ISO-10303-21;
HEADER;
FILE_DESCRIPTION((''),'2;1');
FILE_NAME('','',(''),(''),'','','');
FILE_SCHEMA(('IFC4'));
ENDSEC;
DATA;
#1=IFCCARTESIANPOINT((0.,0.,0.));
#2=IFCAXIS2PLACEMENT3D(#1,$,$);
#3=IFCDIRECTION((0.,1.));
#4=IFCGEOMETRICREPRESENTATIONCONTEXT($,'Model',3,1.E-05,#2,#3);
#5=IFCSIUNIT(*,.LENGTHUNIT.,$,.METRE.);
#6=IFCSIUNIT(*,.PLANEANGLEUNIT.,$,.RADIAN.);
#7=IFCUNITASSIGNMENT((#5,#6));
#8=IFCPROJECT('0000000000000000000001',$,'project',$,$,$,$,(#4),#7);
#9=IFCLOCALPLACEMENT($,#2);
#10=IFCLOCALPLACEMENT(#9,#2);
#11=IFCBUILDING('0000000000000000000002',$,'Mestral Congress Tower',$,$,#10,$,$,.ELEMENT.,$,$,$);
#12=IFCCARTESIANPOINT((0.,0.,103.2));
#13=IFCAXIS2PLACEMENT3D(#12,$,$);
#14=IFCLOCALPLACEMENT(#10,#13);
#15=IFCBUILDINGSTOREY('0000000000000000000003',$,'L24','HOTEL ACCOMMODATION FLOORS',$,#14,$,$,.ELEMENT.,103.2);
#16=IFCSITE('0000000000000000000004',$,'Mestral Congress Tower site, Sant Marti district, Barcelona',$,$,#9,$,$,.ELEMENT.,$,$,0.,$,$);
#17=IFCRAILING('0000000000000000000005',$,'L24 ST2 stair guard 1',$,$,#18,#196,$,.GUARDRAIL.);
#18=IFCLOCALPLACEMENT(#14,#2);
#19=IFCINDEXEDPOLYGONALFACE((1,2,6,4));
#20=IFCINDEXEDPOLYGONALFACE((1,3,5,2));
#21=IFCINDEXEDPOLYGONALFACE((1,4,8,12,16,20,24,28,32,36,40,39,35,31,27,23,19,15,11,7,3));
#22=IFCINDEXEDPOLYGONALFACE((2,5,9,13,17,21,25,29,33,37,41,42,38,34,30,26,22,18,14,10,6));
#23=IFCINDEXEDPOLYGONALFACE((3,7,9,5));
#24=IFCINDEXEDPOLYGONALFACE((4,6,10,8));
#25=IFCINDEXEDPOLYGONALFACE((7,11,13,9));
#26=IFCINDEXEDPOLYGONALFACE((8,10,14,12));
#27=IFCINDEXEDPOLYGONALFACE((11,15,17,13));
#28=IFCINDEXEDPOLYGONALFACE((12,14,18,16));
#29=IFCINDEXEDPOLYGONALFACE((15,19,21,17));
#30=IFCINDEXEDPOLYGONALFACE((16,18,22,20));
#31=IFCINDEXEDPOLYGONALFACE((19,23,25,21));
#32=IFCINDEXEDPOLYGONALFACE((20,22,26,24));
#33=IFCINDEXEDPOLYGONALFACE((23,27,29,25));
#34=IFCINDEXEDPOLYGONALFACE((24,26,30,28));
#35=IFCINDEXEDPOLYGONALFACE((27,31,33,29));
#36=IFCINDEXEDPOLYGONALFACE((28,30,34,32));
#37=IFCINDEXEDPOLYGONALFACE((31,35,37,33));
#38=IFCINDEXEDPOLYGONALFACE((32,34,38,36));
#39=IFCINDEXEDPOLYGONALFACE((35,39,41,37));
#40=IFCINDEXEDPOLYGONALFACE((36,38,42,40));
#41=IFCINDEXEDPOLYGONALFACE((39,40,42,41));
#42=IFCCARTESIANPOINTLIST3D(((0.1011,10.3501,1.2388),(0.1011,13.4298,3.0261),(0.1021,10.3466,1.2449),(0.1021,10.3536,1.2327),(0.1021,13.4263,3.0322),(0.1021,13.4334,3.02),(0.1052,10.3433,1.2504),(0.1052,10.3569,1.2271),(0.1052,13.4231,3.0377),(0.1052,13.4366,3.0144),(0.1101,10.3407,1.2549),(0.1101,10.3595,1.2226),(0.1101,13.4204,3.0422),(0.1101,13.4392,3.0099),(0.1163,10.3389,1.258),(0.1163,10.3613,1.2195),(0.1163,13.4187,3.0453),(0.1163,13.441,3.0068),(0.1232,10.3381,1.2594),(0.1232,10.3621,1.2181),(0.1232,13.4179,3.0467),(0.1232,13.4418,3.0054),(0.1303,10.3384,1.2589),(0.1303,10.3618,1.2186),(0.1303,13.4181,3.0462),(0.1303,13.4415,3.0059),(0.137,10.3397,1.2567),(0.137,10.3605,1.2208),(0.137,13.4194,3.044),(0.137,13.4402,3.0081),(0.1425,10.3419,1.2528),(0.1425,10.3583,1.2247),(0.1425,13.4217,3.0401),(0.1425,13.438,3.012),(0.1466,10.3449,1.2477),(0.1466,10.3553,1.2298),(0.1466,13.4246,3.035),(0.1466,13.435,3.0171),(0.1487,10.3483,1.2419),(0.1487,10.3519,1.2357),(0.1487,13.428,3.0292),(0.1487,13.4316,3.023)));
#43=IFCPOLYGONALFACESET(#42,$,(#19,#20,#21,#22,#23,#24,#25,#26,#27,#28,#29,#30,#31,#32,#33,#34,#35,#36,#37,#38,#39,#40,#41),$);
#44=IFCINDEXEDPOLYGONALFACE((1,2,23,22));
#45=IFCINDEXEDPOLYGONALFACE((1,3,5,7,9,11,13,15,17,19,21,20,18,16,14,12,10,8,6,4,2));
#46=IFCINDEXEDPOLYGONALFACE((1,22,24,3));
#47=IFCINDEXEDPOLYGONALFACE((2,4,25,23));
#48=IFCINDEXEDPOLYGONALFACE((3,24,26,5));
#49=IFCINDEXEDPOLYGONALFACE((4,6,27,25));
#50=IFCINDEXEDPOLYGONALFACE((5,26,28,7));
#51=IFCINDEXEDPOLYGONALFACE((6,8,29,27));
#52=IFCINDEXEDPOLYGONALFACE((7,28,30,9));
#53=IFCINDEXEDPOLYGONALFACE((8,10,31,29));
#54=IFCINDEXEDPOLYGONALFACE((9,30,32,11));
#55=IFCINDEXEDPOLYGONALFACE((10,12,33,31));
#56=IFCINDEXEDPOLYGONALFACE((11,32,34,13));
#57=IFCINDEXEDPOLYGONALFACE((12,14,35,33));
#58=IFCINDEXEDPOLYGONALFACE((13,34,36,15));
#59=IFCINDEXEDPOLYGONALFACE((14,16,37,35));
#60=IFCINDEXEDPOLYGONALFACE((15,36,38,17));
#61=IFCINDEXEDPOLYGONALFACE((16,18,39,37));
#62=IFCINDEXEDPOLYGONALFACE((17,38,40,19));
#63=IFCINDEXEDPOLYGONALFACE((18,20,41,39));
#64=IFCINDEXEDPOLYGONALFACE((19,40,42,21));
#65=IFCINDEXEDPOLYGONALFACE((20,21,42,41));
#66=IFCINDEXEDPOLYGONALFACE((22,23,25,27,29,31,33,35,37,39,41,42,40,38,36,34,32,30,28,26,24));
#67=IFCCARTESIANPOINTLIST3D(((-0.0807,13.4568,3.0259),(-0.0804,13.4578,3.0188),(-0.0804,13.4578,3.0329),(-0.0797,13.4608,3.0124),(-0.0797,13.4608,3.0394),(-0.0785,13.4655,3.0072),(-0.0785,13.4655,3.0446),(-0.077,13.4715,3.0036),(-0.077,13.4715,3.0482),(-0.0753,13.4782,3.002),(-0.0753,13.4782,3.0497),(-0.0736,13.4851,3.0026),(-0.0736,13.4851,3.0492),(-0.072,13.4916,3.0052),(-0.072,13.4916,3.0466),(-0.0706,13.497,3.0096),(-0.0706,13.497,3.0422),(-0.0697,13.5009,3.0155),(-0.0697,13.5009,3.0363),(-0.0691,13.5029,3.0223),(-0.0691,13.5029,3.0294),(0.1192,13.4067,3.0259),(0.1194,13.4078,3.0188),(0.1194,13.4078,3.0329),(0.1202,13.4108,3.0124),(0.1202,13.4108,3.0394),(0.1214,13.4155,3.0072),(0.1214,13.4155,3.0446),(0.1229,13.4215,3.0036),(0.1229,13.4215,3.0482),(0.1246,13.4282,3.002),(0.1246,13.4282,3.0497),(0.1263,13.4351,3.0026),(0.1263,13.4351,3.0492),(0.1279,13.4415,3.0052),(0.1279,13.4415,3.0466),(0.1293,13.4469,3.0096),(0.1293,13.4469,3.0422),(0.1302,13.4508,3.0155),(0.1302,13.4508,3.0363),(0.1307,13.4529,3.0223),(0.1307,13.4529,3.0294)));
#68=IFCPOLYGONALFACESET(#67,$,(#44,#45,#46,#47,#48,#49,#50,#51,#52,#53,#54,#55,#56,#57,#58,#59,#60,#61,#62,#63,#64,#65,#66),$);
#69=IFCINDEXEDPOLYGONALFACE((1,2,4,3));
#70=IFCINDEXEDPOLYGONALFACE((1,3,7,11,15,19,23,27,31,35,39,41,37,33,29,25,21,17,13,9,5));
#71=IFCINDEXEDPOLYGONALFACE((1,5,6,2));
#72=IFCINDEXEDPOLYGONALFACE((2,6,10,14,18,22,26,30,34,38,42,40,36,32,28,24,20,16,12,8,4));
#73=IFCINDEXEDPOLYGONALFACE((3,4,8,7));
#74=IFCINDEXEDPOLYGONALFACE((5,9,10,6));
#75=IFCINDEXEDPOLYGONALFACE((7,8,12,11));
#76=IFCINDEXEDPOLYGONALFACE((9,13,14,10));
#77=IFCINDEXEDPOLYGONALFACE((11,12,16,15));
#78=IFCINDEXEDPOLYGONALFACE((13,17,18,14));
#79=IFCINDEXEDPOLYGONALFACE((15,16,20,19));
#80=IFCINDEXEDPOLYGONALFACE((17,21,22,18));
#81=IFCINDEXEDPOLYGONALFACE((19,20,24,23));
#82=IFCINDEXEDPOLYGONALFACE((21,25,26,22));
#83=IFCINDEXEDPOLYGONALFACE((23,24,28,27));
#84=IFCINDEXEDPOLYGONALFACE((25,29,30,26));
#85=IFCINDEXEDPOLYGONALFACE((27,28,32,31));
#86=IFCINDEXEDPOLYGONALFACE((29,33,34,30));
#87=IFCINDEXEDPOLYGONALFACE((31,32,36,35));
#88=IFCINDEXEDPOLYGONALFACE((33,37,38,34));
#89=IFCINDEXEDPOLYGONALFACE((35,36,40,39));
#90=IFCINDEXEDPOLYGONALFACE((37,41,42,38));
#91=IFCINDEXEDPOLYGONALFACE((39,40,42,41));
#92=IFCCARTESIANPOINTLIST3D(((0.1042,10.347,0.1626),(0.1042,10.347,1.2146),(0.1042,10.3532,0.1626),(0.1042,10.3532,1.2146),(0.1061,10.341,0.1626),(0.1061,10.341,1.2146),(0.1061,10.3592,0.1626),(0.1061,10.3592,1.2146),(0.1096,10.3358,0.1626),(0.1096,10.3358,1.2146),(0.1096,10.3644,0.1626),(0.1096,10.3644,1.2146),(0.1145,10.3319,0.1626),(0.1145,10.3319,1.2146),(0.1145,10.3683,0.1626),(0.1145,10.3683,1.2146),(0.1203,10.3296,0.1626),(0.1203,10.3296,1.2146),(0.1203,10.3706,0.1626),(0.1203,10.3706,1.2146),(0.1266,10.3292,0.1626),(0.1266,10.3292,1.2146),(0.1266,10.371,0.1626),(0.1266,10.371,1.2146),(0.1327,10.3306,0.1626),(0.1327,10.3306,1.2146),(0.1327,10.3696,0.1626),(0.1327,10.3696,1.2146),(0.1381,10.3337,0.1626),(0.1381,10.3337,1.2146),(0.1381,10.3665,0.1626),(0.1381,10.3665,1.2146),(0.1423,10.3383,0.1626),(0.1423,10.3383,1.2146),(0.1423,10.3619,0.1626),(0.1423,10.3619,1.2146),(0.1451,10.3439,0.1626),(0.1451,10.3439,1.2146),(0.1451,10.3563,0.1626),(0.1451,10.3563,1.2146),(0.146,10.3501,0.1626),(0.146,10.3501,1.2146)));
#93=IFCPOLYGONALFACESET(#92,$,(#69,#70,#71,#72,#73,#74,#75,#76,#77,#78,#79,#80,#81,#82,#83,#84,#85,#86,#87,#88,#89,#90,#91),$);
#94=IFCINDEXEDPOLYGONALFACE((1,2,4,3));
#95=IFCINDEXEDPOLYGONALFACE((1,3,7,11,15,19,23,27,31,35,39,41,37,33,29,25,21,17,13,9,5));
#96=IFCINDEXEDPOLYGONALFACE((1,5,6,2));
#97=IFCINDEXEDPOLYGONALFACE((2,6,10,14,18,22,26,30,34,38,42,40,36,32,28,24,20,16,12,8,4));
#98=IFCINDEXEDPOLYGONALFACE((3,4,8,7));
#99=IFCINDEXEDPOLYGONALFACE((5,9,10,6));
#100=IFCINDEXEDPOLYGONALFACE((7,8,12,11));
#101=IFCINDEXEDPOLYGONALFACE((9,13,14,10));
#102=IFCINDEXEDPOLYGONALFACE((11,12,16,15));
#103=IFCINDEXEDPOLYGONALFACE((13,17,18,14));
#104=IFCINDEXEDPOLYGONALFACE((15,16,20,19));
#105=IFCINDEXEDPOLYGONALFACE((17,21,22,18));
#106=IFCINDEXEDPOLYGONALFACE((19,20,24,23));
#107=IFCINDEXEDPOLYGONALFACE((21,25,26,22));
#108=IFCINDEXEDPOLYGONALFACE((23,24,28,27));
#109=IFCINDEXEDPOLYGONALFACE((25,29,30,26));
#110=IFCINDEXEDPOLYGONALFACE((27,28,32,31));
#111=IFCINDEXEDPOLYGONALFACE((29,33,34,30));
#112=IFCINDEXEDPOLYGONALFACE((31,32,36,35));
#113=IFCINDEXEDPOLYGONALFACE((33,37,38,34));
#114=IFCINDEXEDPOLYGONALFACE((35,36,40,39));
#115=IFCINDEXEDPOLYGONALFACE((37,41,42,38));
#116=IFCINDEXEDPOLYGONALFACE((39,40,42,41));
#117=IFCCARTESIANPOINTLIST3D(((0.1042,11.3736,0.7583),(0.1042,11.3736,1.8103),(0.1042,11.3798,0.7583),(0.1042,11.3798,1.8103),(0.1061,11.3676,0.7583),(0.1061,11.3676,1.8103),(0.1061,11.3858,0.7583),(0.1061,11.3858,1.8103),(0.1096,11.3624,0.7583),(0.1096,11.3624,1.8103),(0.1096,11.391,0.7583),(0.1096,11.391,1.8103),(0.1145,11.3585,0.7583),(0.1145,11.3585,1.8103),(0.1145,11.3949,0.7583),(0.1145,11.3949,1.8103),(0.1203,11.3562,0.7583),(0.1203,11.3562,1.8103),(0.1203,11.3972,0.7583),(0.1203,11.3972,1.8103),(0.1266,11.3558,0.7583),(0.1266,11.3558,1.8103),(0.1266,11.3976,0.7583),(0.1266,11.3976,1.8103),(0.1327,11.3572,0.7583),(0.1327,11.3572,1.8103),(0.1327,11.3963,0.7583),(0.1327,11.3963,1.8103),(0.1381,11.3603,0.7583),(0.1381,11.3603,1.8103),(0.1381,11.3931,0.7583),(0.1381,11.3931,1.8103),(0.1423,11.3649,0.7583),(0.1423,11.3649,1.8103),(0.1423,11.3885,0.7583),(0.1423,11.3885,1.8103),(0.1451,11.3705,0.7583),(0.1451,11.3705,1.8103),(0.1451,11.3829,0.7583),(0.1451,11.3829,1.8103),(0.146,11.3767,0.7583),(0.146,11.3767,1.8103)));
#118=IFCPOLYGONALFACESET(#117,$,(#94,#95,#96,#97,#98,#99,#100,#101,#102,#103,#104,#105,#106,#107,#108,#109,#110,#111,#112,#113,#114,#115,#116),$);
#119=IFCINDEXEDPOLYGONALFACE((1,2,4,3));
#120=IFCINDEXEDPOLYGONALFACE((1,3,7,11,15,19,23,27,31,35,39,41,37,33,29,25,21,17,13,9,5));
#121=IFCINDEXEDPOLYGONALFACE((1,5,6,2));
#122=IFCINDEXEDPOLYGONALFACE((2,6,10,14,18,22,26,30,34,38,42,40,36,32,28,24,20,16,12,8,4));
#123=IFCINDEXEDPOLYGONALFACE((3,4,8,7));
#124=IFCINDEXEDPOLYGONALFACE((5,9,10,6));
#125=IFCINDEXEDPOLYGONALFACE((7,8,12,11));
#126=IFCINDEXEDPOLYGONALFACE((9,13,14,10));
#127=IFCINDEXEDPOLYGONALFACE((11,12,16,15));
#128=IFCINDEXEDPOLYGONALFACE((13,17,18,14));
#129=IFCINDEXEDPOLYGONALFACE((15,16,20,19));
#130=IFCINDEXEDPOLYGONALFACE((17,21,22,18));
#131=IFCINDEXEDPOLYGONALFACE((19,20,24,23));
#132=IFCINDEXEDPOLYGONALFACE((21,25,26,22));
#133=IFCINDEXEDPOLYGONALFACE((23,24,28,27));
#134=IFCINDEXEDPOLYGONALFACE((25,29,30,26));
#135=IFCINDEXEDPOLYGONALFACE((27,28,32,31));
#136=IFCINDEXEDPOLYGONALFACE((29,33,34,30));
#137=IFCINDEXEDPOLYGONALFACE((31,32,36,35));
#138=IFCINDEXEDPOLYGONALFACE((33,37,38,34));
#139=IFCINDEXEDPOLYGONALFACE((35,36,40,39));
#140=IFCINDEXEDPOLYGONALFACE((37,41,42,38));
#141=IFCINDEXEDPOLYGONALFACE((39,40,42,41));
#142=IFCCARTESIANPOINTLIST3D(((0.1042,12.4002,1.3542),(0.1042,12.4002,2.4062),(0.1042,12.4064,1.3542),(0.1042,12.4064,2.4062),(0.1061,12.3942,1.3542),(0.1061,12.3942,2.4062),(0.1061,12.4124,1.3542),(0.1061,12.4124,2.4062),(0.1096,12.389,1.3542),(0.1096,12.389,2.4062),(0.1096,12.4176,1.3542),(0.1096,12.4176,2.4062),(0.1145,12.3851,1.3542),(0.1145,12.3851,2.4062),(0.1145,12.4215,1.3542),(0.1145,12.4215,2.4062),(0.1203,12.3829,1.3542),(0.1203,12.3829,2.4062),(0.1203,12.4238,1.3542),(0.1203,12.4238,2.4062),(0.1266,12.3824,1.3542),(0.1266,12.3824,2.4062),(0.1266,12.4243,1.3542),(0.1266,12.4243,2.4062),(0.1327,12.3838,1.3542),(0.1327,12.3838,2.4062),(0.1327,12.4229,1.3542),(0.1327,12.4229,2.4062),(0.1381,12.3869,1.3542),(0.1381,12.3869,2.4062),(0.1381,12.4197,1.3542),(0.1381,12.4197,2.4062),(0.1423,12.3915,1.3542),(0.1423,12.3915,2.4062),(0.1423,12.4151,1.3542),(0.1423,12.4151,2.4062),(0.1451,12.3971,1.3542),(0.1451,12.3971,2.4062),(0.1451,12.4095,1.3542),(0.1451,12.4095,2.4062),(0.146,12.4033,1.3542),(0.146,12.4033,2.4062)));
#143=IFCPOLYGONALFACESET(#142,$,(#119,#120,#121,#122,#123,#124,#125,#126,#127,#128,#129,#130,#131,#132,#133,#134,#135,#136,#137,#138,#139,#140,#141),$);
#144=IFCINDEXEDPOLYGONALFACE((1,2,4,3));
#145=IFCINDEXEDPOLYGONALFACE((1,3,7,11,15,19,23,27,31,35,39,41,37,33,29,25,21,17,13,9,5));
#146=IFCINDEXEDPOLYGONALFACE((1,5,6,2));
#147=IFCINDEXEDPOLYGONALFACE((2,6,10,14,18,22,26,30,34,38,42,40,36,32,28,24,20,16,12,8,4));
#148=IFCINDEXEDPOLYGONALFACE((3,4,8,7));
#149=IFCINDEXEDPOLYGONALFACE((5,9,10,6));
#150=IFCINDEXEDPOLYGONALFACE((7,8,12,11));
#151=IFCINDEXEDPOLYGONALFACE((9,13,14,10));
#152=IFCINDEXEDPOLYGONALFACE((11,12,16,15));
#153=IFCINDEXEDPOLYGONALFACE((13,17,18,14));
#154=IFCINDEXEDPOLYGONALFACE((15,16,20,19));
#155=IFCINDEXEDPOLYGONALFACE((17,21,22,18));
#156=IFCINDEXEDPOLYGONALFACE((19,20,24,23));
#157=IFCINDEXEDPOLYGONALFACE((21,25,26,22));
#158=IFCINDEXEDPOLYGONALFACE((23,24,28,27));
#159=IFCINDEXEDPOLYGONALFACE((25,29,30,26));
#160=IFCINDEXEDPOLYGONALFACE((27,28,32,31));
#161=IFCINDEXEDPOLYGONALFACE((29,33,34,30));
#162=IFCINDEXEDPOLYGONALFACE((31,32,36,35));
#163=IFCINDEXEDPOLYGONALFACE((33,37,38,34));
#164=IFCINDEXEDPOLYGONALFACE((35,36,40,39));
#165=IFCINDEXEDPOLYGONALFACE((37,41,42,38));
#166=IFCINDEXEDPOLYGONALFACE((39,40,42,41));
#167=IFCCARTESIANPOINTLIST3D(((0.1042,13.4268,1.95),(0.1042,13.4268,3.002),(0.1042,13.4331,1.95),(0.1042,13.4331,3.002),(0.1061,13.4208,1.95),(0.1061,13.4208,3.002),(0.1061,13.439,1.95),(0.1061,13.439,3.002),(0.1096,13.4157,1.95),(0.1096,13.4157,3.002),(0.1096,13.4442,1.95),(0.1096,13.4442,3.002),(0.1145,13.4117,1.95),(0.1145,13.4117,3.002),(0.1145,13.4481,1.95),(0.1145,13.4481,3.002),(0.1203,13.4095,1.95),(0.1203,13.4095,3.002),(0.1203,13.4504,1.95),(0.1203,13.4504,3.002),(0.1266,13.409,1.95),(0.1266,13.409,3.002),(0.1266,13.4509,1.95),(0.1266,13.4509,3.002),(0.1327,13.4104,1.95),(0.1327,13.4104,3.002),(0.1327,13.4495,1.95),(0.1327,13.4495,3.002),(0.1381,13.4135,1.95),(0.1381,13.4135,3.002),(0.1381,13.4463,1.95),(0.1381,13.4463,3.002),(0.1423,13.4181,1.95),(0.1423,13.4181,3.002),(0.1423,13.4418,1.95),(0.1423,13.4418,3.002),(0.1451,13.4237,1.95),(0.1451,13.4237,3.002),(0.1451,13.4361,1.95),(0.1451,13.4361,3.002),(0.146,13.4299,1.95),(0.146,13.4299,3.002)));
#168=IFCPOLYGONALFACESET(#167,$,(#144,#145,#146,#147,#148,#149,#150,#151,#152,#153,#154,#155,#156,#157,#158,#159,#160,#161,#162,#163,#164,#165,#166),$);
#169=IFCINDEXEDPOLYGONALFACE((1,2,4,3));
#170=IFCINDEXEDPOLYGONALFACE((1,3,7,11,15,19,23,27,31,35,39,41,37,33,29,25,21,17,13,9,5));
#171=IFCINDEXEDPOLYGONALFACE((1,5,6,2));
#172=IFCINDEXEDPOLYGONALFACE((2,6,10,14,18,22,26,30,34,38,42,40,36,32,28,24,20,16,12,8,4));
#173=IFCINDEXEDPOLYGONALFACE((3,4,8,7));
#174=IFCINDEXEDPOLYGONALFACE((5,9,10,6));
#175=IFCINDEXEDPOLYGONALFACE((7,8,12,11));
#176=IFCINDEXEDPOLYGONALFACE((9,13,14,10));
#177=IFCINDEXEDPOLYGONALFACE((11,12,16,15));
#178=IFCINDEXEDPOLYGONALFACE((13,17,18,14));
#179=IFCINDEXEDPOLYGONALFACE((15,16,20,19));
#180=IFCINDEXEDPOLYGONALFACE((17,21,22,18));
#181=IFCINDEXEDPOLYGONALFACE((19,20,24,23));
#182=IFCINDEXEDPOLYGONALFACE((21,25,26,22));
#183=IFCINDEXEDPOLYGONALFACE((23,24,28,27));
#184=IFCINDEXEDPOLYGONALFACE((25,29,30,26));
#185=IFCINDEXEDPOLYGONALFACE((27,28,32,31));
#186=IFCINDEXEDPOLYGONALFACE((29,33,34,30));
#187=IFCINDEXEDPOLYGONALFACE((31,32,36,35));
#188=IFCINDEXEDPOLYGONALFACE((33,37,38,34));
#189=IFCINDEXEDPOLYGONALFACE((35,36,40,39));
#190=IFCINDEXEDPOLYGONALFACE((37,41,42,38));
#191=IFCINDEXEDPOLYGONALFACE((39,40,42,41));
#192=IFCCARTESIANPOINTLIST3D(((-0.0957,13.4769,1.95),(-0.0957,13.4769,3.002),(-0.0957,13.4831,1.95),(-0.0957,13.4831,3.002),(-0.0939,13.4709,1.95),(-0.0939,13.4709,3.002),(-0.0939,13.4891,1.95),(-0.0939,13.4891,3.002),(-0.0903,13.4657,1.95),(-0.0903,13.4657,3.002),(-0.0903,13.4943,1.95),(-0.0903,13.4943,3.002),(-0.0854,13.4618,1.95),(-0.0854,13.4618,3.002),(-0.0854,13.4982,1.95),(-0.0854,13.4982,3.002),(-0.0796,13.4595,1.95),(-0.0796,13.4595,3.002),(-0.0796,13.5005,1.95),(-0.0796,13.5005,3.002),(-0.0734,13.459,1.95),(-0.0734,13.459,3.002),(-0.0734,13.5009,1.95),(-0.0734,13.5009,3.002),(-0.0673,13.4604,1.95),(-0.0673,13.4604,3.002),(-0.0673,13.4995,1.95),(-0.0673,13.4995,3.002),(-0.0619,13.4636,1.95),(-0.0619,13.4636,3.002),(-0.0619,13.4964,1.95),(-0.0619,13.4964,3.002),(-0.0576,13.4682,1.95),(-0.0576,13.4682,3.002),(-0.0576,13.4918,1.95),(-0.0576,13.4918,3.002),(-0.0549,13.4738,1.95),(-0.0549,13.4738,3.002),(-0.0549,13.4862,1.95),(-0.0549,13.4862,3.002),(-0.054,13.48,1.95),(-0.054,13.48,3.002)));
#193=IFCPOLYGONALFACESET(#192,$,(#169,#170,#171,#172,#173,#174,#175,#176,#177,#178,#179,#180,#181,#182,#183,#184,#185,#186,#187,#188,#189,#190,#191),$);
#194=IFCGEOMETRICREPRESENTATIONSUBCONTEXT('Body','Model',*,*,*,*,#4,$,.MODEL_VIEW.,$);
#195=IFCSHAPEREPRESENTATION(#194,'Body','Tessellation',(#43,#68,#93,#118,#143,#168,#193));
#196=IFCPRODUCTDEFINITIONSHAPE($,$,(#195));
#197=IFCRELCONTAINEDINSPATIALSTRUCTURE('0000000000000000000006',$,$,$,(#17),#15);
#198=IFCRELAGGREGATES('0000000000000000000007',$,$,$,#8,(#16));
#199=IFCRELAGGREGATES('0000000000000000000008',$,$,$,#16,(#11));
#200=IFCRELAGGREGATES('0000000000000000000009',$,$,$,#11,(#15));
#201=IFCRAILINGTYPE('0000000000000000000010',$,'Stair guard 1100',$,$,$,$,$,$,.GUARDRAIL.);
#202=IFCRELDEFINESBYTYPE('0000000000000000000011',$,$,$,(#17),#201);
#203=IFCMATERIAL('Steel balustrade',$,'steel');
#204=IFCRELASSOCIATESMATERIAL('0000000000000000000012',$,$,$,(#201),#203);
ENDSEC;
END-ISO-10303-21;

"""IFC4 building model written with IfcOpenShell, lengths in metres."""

from ifc_helpers import new_model, si_unit, direction, frame, origin, origin_2d, place, context, subcontext, project, spatial, circle, extrude, material, type_object, element, save


model = new_model("IFC4")

# Units and contexts
model_context = context("Model", 3, precision=1e-05, world=origin(), true_north=direction((0.0, 1.0)))
body_context = subcontext(model_context, "Body", "Model", "MODEL_VIEW")
ifc_project = project(units=[si_unit("LENGTHUNIT", "METRE"), si_unit("PLANEANGLEUNIT", "RADIAN")], contexts=[model_context])

# Site, building, storey
site_placement = place(None, origin())
site = spatial("IfcSite", under=ifc_project, at=site_placement, Name="Mestral Congress Tower site, Sant Marti district, Barcelona", CompositionType="ELEMENT", RefElevation=0.0)
building_placement = place(site_placement, origin())
building = spatial("IfcBuilding", under=site, at=building_placement, Name="Mestral Congress Tower", CompositionType="ELEMENT")
storey_placement = place(building_placement, frame((0.0, 0.0, 103.2)))
storey = spatial("IfcBuildingStorey", under=building, at=storey_placement, Name="L24", Description="HOTEL ACCOMMODATION FLOORS", CompositionType="ELEMENT", Elevation=103.2)

# Railing
ifc_material_1 = material(Name="Steel balustrade", Category="steel")
railing_type = type_object("IfcRailingType", Name="Stair guard 1100", PredefinedType="GUARDRAIL", material=ifc_material_1)
railing_1_placement = place(storey_placement, frame((0.125, 10.3501, 0.1626)))
element("IfcRailing", 1, at=railing_1_placement, inside=storey, type_object=railing_type, Name="L24 ST2 stair guard 1", PredefinedType="GUARDRAIL", context=body_context, shape_type="SweptSolid", body=[
    extrude(circle(Radius=0.0239, at=origin_2d()), frame((0.0, 0.0, 1.0762), z_axis=(0.0, 0.864903, 0.501939), x_axis=(-1.0, 0.0, 0.0)), (0.0, 0.0, 1.0), 3.5608),
    extrude(circle(Radius=0.0239, at=origin_2d()), frame((0.0, 3.0798, 2.8633), z_axis=(-0.970073, 0.242814, 0.0), x_axis=(-0.242814, -0.970073, 0.0)), (0.0, 0.0, 1.0), 0.2061),
    extrude(circle(Radius=0.021, at=origin_2d()), origin(), (0.0, 0.0, 1.0), 1.052),
    extrude(circle(Radius=0.021, at=origin_2d()), frame((0.0, 1.0266, 0.5957)), (0.0, 0.0, 1.0), 1.052),
    extrude(circle(Radius=0.021, at=origin_2d()), frame((0.0, 2.0532, 1.1917)), (0.0, 0.0, 1.0), 1.052),
    extrude(circle(Radius=0.021, at=origin_2d()), frame((0.0, 3.0798, 1.7874)), (0.0, 0.0, 1.0), 1.052),
    extrude(circle(Radius=0.021, at=origin_2d()), frame((-0.2, 3.1299, 1.7874)), (0.0, 0.0, 1.0), 1.052),
])

save(model, "model.ifc")
